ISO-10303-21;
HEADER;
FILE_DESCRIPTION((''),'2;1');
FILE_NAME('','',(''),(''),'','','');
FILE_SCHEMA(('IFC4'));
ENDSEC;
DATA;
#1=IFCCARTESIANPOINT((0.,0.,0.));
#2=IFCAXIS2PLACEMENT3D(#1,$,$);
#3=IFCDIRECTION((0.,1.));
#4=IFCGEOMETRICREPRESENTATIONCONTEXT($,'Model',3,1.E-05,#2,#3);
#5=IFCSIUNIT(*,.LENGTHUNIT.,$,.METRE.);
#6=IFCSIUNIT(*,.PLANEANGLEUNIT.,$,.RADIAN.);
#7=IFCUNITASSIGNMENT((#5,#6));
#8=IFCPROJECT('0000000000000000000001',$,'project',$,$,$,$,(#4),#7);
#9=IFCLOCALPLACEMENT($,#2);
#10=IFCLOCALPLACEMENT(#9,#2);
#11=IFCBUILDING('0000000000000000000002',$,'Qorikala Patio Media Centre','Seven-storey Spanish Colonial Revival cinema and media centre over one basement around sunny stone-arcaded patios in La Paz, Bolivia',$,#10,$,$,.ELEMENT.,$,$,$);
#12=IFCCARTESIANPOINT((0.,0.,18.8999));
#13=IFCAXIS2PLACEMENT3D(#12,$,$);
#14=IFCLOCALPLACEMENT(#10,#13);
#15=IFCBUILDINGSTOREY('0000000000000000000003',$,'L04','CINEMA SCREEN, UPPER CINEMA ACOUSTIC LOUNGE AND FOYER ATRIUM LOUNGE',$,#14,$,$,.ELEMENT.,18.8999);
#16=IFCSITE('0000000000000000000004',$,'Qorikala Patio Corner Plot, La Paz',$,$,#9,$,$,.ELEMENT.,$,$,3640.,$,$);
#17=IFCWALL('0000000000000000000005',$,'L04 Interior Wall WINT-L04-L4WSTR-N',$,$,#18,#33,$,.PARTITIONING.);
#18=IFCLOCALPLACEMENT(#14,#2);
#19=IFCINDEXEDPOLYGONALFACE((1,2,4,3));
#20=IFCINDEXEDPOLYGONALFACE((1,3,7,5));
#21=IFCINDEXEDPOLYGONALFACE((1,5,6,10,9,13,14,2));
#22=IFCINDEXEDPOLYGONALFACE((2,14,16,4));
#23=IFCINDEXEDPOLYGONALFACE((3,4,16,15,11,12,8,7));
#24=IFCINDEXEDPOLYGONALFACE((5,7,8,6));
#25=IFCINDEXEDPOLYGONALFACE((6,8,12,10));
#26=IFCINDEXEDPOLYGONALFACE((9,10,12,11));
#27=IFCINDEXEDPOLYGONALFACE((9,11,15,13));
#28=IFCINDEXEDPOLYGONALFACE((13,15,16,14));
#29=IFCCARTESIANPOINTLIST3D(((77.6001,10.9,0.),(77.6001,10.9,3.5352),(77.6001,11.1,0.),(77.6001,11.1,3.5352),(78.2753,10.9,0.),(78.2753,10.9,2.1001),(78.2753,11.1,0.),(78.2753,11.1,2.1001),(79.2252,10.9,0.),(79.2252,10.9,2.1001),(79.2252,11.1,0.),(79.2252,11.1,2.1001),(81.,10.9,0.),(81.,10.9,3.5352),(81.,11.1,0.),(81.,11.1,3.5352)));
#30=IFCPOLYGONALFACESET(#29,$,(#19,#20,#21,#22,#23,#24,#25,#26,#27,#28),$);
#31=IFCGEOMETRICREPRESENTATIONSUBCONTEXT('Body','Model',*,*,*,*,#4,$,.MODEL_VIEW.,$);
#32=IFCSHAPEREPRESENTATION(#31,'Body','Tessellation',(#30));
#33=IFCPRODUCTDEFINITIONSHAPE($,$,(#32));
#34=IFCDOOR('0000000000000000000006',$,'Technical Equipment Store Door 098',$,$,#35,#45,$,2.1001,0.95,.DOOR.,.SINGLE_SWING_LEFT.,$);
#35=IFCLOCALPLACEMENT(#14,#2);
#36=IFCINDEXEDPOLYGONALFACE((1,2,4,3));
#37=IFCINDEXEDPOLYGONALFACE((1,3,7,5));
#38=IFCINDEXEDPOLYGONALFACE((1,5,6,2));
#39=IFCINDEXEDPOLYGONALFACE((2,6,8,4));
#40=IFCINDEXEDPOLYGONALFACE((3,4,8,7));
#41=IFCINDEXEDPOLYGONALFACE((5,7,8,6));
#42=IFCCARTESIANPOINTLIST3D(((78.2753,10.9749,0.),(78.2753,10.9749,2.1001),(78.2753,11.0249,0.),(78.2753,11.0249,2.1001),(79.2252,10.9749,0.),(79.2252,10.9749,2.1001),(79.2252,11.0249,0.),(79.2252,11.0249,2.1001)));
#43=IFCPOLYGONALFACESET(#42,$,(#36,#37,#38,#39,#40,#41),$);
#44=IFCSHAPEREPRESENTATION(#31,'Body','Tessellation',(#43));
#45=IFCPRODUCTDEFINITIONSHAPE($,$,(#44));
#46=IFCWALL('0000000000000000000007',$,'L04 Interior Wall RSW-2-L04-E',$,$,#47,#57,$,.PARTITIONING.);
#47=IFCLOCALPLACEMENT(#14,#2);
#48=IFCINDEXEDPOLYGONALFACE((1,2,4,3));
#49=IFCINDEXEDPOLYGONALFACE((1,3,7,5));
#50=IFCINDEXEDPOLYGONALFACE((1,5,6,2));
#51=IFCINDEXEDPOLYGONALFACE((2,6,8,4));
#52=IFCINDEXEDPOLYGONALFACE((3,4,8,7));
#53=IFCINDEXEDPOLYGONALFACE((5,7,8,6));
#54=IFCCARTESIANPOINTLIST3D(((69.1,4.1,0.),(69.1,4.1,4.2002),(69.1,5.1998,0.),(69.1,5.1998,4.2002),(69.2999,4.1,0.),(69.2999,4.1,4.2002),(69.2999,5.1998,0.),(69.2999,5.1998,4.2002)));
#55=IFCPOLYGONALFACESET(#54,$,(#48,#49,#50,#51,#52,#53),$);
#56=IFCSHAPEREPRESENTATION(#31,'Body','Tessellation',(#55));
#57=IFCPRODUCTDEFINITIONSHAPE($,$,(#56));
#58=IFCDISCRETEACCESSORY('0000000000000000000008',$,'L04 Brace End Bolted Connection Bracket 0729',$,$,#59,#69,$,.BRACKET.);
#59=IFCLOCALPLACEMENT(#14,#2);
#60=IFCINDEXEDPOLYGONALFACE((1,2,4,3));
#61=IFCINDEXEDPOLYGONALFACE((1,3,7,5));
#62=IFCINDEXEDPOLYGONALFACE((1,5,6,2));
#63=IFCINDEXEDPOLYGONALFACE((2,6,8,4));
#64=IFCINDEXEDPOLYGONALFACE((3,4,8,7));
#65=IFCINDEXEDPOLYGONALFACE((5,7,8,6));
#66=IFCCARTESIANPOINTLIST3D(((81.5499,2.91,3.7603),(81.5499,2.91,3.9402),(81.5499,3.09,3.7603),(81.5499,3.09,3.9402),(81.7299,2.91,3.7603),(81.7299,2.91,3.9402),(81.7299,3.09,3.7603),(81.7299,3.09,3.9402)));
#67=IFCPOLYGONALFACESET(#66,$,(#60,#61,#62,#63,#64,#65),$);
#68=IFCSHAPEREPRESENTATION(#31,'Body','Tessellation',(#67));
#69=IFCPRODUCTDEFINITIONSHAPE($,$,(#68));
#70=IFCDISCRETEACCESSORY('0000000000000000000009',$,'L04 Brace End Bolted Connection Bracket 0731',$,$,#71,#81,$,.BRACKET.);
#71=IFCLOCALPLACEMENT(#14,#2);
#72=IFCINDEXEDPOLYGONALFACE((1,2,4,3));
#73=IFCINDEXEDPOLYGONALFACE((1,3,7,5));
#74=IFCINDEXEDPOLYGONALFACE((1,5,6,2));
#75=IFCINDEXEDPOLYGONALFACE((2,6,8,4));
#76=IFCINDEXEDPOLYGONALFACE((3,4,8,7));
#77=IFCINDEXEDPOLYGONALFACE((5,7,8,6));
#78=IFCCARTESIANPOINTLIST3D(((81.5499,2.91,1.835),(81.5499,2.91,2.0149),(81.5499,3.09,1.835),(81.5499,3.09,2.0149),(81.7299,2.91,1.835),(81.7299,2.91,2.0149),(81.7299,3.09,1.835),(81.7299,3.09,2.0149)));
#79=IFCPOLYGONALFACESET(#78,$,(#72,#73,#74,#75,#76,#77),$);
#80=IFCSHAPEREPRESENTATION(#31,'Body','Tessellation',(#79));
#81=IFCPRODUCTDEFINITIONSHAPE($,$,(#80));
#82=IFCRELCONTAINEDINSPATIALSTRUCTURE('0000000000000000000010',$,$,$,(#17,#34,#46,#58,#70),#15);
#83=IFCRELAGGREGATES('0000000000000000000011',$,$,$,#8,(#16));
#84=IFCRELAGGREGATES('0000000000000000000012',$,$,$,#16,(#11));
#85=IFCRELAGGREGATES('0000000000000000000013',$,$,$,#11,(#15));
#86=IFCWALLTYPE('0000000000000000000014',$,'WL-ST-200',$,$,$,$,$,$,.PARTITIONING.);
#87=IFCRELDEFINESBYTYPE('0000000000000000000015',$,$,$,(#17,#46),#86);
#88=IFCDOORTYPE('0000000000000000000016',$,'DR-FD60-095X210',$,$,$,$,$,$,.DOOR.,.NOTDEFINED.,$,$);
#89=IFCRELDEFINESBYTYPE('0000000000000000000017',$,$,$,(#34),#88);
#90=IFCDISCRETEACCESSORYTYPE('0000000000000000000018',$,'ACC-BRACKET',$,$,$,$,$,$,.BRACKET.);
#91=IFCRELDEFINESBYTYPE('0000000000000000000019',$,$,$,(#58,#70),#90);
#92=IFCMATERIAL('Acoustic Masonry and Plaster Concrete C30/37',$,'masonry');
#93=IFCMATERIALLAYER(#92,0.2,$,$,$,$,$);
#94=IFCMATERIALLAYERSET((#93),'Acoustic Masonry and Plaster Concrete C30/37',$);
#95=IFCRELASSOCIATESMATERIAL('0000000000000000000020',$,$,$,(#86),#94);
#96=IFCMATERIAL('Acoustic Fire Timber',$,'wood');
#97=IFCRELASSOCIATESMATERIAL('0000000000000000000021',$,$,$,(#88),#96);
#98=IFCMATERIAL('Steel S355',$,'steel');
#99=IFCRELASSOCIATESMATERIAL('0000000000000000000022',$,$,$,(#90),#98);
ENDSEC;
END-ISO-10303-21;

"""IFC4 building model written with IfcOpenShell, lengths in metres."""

from ifc_helpers import new_model, si_unit, direction, frame, frame_2d, origin, origin_2d, place, context, subcontext, project, spatial, rectangle, extrude, material, layer, layer_set, type_object, element, fill, save


model = new_model("IFC4")

# Units and contexts
model_context = context("Model", 3, precision=1e-05, world=origin(), true_north=direction((0.0, 1.0)))
body_context = subcontext(model_context, "Body", "Model", "MODEL_VIEW")
ifc_project = project(units=[si_unit("LENGTHUNIT", "METRE"), si_unit("PLANEANGLEUNIT", "RADIAN")], contexts=[model_context])

# Site, building, storey
site_placement = place(None, origin())
site = spatial("IfcSite", under=ifc_project, at=site_placement, Name="Qorikala Patio Corner Plot, La Paz", CompositionType="ELEMENT", RefElevation=3640.0)
building_placement = place(site_placement, origin())
building = spatial("IfcBuilding", under=site, at=building_placement, Name="Qorikala Patio Media Centre", Description="Seven-storey Spanish Colonial Revival cinema and media centre over one basement around sunny stone-arcaded patios in La Paz, Bolivia", CompositionType="ELEMENT")
storey_placement = place(building_placement, frame((0.0, 0.0, 18.8999)))
storey = spatial("IfcBuildingStorey", under=building, at=storey_placement, Name="L04", Description="CINEMA SCREEN, UPPER CINEMA ACOUSTIC LOUNGE AND FOYER ATRIUM LOUNGE", CompositionType="ELEMENT", Elevation=18.8999)

# Shared definitions
ifc_material_1 = material(Name="Acoustic Masonry and Plaster Concrete C30/37", Category="masonry")
ifc_layer_1 = layer(ifc_material_1, 0.2)
ifc_layer_set_1 = layer_set([ifc_layer_1], Name="Acoustic Masonry and Plaster Concrete C30/37")
wall_type_1 = type_object("IfcWallType", Name="WL-ST-200", PredefinedType="PARTITIONING", material=ifc_layer_set_1)

# Wall, opening, door
wall_1_placement = place(storey_placement, frame((77.6001, 11.0, 0.0), z_axis=(0.0, 0.0, 1.0), x_axis=(1.0, 0.0, 0.0)))
wall_1 = element("IfcWall", 1, at=wall_1_placement, inside=storey, type_object=wall_type_1, Name="L04 Interior Wall WINT-L04-L4WSTR-N", PredefinedType="PARTITIONING", context=body_context, shape_type="SweptSolid", body=[
    extrude(rectangle(XDim=3.3999, YDim=0.2, at=frame_2d((1.7, 0.0))), origin(), (0.0, 0.0, 1.0), 3.5352),
])
opening_1_placement = place(wall_1_placement, frame((0.675, 0.0, 0.0)))
opening_1 = element("IfcOpeningElement", 2, at=opening_1_placement, cuts=wall_1, PredefinedType="OPENING", context=body_context, shape_type="SweptSolid", body=[
    extrude(rectangle(XDim=0.95, YDim=2.1001, at=frame_2d((0.4751, 1.05))), frame((0.0, 0.1099, 0.0), z_axis=(0.0, -1.0, 0.0), x_axis=(1.0, 0.0, 0.0)), (0.0, 0.0, 1.0), 0.22),
])
ifc_material_2 = material(Name="Acoustic Fire Timber", Category="wood")
door_type_1 = type_object("IfcDoorType", Name="DR-FD60-095X210", OperationType="NOTDEFINED", PredefinedType="DOOR", material=ifc_material_2)
door_1_placement = place(opening_1_placement, origin())
door_1 = element("IfcDoor", 3, at=door_1_placement, inside=storey, type_object=door_type_1, Name="Technical Equipment Store Door 098", OperationType="SINGLE_SWING_LEFT", OverallHeight=2.1001, OverallWidth=0.95, PredefinedType="DOOR", context=body_context, shape_type="SweptSolid", body=[
    extrude(rectangle(XDim=0.95, YDim=2.1001, at=frame_2d((0.4751, 1.05))), frame((0.0, 0.0249, 0.0), z_axis=(0.0, -1.0, 0.0), x_axis=(1.0, 0.0, 0.0)), (0.0, 0.0, 1.0), 0.05),
])
fill(opening_1, door_1)

# Wall
wall_2_placement = place(storey_placement, frame((69.2, 4.1001, 0.0), z_axis=(0.0, 0.0, 1.0), x_axis=(0.0, 1.0, 0.0)))
element("IfcWall", 4, at=wall_2_placement, inside=storey, type_object=wall_type_1, Name="L04 Interior Wall RSW-2-L04-E", PredefinedType="PARTITIONING", context=body_context, shape_type="SweptSolid", body=[
    extrude(rectangle(XDim=1.0999, YDim=0.2, at=frame_2d((0.5498, 0.0))), origin(), (0.0, 0.0, 1.0), 4.2002),
])

# Discrete accessories
ifc_material_3 = material(Name="Steel S355", Category="steel")
discrete_accessory_type = type_object("IfcDiscreteAccessoryType", Name="ACC-BRACKET", PredefinedType="BRACKET", material=ifc_material_3)
for number, where, z_axis, x_axis, name in (
    (5, (81.6399, 3.0, 3.7603), (0.0, 0.0, 1.0), (1.0, 0.0, 0.0), "L04 Brace End Bolted Connection Bracket 0729"),
    (6, (81.6399, 3.0, 1.835), (0.0, 0.0, 1.0), (1.0, 0.0, 0.0), "L04 Brace End Bolted Connection Bracket 0731"),
):
    element("IfcDiscreteAccessory", number, at=place(storey_placement, frame(where, z_axis=z_axis, x_axis=x_axis)), inside=storey, type_object=discrete_accessory_type, Name=name, PredefinedType="BRACKET", context=body_context, shape_type="SweptSolid", body=[
        extrude(rectangle(XDim=0.1799, YDim=0.1799, at=origin_2d()), origin(), (0.0, 0.0, 1.0), 0.1799),
    ])

save(model, "model.ifc")
